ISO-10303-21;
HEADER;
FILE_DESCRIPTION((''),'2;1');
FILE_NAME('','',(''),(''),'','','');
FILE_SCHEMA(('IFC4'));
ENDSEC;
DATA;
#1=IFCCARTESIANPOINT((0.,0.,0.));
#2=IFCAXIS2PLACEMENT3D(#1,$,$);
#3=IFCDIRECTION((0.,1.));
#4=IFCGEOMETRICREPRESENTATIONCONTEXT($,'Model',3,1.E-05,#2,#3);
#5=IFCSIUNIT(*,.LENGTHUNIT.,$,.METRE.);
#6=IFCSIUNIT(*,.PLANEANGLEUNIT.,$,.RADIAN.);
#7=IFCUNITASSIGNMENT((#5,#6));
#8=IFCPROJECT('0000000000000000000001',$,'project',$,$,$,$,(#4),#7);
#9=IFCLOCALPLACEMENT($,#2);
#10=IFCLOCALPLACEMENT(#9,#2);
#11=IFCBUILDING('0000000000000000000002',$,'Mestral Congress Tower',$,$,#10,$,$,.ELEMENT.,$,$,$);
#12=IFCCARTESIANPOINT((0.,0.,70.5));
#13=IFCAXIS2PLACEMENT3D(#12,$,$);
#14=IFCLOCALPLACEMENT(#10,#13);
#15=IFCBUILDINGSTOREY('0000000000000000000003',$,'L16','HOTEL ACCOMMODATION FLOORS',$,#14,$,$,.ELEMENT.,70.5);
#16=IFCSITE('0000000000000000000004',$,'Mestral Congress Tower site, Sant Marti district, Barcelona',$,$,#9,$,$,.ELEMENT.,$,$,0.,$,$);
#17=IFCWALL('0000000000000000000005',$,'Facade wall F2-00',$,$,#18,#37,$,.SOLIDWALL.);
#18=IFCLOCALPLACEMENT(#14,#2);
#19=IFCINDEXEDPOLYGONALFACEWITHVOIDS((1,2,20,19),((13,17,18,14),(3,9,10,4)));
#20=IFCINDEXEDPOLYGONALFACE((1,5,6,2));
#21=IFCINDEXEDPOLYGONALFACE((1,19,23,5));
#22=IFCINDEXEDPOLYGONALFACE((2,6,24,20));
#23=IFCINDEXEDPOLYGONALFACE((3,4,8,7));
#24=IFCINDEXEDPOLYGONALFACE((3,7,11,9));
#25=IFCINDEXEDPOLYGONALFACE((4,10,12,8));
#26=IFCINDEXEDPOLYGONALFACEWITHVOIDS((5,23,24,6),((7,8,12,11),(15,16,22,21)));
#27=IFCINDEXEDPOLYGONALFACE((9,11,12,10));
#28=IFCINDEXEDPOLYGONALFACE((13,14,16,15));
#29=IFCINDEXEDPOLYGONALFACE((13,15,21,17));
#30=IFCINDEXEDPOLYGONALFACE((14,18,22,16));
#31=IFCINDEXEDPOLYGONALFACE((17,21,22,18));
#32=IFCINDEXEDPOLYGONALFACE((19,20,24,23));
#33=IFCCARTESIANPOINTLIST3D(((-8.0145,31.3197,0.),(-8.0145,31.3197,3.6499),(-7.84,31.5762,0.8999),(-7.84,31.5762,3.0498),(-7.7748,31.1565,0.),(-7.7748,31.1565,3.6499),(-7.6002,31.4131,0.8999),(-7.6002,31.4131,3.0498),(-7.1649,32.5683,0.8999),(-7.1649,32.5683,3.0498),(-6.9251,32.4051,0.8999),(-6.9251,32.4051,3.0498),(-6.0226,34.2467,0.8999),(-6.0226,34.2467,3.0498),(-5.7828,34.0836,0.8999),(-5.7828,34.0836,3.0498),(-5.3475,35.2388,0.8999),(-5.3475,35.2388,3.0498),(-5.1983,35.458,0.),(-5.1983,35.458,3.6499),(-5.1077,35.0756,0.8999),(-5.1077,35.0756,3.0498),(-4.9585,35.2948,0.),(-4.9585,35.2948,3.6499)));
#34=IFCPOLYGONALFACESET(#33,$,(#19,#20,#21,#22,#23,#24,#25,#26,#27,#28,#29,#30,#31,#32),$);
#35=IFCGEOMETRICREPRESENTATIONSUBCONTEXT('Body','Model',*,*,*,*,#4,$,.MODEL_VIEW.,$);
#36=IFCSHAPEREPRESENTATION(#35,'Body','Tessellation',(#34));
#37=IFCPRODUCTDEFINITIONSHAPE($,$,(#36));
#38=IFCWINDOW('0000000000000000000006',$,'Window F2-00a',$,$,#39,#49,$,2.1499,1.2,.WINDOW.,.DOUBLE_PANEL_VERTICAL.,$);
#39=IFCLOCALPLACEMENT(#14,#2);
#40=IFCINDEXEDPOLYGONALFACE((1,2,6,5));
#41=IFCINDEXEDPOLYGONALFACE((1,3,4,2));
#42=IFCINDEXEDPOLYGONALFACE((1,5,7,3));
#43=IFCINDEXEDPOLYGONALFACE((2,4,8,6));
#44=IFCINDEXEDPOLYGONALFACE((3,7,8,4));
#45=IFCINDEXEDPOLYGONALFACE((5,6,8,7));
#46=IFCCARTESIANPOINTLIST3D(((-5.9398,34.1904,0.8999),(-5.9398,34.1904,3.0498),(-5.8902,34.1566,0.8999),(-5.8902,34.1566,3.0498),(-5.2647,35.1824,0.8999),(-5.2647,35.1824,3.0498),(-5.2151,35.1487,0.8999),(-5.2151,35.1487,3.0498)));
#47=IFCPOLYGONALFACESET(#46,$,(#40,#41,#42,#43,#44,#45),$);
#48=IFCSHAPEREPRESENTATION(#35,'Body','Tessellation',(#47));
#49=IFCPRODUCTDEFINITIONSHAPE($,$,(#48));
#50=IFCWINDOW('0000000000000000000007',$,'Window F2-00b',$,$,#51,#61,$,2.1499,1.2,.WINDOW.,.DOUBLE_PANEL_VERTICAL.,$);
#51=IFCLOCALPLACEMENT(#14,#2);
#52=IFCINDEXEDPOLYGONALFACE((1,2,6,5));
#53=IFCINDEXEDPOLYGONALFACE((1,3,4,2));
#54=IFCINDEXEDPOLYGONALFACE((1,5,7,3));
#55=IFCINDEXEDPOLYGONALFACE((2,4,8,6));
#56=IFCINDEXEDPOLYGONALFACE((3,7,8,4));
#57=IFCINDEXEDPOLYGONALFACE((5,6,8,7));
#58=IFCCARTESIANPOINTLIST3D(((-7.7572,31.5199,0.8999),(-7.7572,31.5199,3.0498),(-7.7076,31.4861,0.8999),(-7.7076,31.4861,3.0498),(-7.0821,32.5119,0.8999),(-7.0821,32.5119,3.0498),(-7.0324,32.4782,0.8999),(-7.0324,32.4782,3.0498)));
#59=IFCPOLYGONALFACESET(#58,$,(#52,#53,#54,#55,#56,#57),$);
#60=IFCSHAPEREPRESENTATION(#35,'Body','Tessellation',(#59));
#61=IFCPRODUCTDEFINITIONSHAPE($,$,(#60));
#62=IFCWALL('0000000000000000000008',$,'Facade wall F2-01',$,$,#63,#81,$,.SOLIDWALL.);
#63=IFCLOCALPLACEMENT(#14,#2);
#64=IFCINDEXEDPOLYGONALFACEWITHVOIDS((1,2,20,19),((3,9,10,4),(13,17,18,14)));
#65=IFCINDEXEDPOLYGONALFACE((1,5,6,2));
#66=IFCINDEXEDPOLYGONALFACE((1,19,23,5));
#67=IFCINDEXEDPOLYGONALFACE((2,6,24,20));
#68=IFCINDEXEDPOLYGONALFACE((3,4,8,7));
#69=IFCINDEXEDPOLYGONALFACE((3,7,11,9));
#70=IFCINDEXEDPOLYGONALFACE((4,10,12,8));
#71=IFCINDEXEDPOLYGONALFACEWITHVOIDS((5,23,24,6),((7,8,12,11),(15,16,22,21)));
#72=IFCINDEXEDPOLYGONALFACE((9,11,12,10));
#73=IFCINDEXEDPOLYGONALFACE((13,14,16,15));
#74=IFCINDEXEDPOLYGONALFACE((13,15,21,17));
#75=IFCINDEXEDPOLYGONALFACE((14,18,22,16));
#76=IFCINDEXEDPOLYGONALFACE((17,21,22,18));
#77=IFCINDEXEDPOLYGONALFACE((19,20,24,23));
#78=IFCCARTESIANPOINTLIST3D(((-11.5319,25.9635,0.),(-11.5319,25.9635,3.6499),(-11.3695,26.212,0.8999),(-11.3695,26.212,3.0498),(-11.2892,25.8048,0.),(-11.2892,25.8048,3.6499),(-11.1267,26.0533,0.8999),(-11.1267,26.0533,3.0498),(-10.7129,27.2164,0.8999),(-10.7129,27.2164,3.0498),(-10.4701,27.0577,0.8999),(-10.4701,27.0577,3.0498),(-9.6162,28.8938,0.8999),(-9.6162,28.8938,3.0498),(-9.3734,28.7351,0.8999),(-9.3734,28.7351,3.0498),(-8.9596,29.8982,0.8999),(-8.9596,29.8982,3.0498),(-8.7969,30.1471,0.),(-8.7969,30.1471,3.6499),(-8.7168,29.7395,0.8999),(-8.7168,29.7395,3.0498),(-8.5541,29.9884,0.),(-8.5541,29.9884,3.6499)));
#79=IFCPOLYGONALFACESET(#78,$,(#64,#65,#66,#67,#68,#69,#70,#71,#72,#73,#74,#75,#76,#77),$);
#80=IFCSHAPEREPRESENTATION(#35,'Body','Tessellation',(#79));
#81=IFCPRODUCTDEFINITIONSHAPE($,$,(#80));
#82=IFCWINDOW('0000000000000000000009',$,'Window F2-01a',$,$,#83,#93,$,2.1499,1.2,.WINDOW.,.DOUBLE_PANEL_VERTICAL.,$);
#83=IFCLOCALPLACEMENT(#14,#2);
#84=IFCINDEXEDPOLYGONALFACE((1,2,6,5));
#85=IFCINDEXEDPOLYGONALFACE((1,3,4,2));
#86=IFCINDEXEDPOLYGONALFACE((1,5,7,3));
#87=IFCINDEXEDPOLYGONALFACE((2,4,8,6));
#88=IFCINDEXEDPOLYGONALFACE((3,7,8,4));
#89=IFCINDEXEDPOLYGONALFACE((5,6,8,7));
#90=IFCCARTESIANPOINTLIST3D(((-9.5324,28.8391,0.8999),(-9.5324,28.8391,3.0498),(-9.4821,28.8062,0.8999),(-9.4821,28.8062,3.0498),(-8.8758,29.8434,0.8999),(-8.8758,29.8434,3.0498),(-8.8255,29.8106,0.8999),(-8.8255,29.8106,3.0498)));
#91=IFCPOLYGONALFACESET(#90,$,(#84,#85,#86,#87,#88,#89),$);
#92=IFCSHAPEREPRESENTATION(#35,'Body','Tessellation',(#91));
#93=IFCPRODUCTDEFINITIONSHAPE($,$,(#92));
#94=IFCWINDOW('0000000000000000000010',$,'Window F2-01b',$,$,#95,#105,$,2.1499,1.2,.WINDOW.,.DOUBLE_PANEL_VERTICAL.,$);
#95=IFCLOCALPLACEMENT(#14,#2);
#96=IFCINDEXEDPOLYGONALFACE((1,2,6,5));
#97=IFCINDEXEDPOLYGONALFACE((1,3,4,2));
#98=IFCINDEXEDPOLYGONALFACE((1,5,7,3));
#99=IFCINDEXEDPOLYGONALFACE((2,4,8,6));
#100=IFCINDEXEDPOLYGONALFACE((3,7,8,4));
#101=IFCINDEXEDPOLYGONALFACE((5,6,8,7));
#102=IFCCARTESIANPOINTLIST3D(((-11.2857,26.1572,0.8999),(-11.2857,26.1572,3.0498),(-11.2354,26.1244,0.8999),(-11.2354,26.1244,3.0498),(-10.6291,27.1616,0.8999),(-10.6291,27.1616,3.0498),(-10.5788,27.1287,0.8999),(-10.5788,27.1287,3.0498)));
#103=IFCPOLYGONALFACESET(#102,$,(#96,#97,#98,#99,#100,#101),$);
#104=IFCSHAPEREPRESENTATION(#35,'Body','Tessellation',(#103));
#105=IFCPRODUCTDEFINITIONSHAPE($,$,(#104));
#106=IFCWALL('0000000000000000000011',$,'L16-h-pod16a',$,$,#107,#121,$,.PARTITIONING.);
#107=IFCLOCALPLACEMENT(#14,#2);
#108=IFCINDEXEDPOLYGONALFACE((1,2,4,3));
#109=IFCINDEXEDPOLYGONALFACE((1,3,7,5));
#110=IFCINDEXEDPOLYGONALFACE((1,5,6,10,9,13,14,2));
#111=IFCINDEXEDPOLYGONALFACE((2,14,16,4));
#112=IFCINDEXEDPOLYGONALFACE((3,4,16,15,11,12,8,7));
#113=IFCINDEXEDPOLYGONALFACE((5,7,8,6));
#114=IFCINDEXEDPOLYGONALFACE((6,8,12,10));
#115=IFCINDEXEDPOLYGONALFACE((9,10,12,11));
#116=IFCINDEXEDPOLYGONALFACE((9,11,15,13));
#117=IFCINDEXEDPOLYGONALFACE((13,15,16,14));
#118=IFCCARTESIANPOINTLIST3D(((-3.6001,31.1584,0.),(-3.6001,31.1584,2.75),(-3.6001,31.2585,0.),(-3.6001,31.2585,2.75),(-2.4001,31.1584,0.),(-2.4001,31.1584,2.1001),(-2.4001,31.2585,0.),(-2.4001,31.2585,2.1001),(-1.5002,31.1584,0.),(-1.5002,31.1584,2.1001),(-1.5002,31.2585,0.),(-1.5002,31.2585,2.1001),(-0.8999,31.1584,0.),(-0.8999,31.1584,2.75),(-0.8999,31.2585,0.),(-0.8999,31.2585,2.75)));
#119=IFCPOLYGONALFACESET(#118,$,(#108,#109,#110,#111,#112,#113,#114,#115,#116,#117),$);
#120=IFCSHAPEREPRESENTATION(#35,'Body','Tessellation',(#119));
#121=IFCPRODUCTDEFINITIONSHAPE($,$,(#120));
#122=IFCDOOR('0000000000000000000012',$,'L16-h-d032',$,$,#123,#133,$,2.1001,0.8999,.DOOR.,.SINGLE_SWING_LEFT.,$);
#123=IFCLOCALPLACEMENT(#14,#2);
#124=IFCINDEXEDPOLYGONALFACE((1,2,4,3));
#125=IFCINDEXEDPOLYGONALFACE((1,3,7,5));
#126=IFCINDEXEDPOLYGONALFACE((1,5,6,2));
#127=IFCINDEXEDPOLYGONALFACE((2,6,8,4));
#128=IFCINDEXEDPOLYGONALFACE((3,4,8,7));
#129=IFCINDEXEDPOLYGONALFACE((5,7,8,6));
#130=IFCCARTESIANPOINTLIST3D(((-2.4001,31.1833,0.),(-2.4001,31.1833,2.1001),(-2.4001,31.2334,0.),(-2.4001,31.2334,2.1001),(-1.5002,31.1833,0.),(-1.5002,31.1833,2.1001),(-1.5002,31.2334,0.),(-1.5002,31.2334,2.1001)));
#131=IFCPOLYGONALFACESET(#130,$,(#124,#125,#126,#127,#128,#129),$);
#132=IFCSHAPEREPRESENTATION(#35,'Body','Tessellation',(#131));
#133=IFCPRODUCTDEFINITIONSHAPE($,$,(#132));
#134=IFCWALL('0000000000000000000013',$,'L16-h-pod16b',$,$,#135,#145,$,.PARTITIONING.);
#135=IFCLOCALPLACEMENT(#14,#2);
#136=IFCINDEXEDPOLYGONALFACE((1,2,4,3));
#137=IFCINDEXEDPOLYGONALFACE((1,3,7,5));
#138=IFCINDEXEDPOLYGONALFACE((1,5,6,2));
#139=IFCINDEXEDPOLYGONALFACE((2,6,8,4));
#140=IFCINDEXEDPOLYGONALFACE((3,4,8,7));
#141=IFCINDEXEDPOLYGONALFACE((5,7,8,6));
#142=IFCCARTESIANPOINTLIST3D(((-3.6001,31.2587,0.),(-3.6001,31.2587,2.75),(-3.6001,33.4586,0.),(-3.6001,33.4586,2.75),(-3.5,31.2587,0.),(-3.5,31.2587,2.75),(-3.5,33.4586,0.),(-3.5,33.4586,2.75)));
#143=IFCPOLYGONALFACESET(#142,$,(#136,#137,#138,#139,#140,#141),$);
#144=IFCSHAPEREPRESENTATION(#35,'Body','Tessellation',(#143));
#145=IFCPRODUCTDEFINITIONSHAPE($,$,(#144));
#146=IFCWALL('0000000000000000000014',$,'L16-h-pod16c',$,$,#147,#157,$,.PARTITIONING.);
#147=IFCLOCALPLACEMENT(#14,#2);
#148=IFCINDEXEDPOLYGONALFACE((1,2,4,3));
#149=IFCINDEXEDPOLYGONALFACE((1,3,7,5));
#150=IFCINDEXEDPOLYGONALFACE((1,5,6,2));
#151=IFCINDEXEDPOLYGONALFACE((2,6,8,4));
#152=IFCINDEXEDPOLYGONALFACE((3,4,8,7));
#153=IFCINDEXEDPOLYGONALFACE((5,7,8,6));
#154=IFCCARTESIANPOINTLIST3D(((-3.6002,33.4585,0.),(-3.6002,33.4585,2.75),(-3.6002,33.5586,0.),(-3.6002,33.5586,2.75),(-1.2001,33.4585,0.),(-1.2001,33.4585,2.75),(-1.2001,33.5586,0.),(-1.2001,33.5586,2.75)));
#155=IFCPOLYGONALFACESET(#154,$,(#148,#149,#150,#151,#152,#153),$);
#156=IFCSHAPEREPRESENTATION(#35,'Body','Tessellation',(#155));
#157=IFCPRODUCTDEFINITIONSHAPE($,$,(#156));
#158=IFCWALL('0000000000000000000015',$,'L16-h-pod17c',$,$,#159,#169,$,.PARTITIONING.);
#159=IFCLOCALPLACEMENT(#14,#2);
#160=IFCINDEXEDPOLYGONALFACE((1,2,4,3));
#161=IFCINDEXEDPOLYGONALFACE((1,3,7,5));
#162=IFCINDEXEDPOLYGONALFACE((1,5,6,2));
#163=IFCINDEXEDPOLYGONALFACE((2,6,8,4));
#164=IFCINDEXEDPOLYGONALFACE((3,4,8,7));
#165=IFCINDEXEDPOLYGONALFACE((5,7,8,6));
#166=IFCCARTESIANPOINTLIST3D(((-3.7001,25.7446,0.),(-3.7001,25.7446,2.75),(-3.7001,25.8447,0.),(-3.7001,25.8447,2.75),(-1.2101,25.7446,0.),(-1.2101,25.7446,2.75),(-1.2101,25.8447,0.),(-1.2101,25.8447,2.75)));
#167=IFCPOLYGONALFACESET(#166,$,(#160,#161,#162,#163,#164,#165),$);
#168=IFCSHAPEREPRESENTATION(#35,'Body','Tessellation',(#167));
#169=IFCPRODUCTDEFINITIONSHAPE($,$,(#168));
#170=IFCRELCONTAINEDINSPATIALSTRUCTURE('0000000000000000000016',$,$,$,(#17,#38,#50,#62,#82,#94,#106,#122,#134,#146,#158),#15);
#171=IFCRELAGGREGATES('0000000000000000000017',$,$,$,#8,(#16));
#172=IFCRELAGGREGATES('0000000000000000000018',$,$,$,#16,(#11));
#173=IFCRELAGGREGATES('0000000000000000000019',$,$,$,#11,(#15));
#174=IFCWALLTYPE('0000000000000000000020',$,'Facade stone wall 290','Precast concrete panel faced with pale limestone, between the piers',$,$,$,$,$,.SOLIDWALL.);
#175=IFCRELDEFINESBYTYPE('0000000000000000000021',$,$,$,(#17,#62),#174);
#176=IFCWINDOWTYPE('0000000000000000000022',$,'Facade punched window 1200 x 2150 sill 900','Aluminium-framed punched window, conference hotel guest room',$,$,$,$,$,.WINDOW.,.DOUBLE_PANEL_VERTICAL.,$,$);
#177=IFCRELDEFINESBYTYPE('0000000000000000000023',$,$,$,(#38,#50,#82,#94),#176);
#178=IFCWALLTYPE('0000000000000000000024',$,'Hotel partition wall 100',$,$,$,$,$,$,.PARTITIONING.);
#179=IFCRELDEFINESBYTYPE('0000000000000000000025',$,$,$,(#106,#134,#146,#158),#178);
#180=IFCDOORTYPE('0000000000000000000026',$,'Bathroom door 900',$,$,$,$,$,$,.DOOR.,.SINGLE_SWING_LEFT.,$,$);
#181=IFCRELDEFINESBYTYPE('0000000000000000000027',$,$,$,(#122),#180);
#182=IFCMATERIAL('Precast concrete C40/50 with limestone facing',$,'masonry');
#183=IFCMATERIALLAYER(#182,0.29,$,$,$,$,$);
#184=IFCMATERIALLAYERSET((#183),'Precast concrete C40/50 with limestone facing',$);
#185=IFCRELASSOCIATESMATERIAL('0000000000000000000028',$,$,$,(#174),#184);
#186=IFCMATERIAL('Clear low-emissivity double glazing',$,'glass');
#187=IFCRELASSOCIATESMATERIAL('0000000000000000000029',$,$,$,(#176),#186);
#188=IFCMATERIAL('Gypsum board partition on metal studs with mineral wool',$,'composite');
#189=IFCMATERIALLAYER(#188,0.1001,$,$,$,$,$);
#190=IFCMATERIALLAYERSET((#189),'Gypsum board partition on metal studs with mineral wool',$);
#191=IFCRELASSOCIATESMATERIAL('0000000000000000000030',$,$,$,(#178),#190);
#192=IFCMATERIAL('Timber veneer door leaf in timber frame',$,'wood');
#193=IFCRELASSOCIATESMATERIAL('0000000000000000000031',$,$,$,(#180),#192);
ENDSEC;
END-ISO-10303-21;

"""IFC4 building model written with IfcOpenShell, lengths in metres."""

from ifc_helpers import new_model, si_unit, direction, frame, frame_2d, origin, place, context, subcontext, project, spatial, rectangle, extrude, material, layer, layer_set, type_object, element, fill, save


model = new_model("IFC4")

# Units and contexts
model_context = context("Model", 3, precision=1e-05, world=origin(), true_north=direction((0.0, 1.0)))
body_context = subcontext(model_context, "Body", "Model", "MODEL_VIEW")
ifc_project = project(units=[si_unit("LENGTHUNIT", "METRE"), si_unit("PLANEANGLEUNIT", "RADIAN")], contexts=[model_context])

# Site, building, storey
site_placement = place(None, origin())
site = spatial("IfcSite", under=ifc_project, at=site_placement, Name="Mestral Congress Tower site, Sant Marti district, Barcelona", CompositionType="ELEMENT", RefElevation=0.0)
building_placement = place(site_placement, origin())
building = spatial("IfcBuilding", under=site, at=building_placement, Name="Mestral Congress Tower", CompositionType="ELEMENT")
storey_placement = place(building_placement, frame((0.0, 0.0, 70.5)))
storey = spatial("IfcBuildingStorey", under=building, at=storey_placement, Name="L16", Description="HOTEL ACCOMMODATION FLOORS", CompositionType="ELEMENT", Elevation=70.5)

# Shared definitions
ifc_material_1 = material(Name="Precast concrete C40/50 with limestone facing", Category="masonry")
ifc_layer_1 = layer(ifc_material_1, 0.29)
ifc_layer_set_1 = layer_set([ifc_layer_1], Name="Precast concrete C40/50 with limestone facing")
wall_type_1 = type_object("IfcWallType", Name="Facade stone wall 290", Description="Precast concrete panel faced with pale limestone, between the piers", PredefinedType="SOLIDWALL", material=ifc_layer_set_1)
ifc_material_2 = material(Name="Clear low-emissivity double glazing", Category="glass")

# Walls, openings, windows
wall_1_placement = place(storey_placement, frame((-5.0784, 35.3765, 0.0), z_axis=(0.0, 0.0, 1.0), x_axis=(-0.56261, -0.826722, 0.0)))
wall_1 = element("IfcWall", 1, at=wall_1_placement, inside=storey, type_object=wall_type_1, Name="Facade wall F2-00", PredefinedType="SOLIDWALL", context=body_context, shape_type="SweptSolid", body=[
    extrude(rectangle(XDim=5.0056, YDim=0.29, at=frame_2d((2.5029, 0.0))), origin(), (0.0, 0.0, 1.0), 3.6499),
])
opening_1_placement = place(wall_1_placement, frame((0.2651, 0.0, 0.8999)))
opening_1 = element("IfcOpeningElement", 2, at=opening_1_placement, cuts=wall_1, PredefinedType="OPENING", context=body_context, shape_type="SweptSolid", body=[
    extrude(rectangle(XDim=1.2, YDim=2.1499, at=frame_2d((0.6001, 1.075))), frame((0.0, 0.155, 0.0), z_axis=(0.0, -1.0, 0.0), x_axis=(1.0, 0.0, 0.0)), (0.0, 0.0, 1.0), 0.3101),
])
opening_2_placement = place(wall_1_placement, frame((3.4954, 0.0, 0.8999)))
opening_2 = element("IfcOpeningElement", 3, at=opening_2_placement, cuts=wall_1, PredefinedType="OPENING", context=body_context, shape_type="SweptSolid", body=[
    extrude(rectangle(XDim=1.2, YDim=2.1499, at=frame_2d((0.6001, 1.075))), frame((0.0, 0.155, 0.0), z_axis=(0.0, -1.0, 0.0), x_axis=(1.0, 0.0, 0.0)), (0.0, 0.0, 1.0), 0.3101),
])
window_type_1 = type_object("IfcWindowType", Name="Facade punched window 1200 x 2150 sill 900", Description="Aluminium-framed punched window, conference hotel guest room", PartitioningType="DOUBLE_PANEL_VERTICAL", PredefinedType="WINDOW", material=ifc_material_2)
window_1_placement = place(opening_1_placement, origin())
window_1 = element("IfcWindow", 4, at=window_1_placement, inside=storey, type_object=window_type_1, Name="Window F2-00a", OverallHeight=2.1499, OverallWidth=1.2, PartitioningType="DOUBLE_PANEL_VERTICAL", PredefinedType="WINDOW", context=body_context, shape_type="SweptSolid", body=[
    extrude(rectangle(XDim=1.2, YDim=2.1499, at=frame_2d((0.6001, 1.075))), frame((0.0, 0.0151, 0.0), z_axis=(0.0, -1.0, 0.0), x_axis=(1.0, 0.0, 0.0)), (0.0, 0.0, 1.0), 0.0601),
])
fill(opening_1, window_1)
window_2_placement = place(opening_2_placement, origin())
window_2 = element("IfcWindow", 5, at=window_2_placement, inside=storey, type_object=window_type_1, Name="Window F2-00b", OverallHeight=2.1499, OverallWidth=1.2, PartitioningType="DOUBLE_PANEL_VERTICAL", PredefinedType="WINDOW", context=body_context, shape_type="SweptSolid", body=[
    extrude(rectangle(XDim=1.2, YDim=2.1499, at=frame_2d((0.6001, 1.075))), frame((0.0, 0.0151, 0.0), z_axis=(0.0, -1.0, 0.0), x_axis=(1.0, 0.0, 0.0)), (0.0, 0.0, 1.0), 0.0601),
])
fill(opening_2, window_2)
wall_2_placement = place(storey_placement, frame((-8.6755, 30.0676, 0.0), z_axis=(0.0, 0.0, 1.0), x_axis=(-0.547205, -0.836999, 0.0)))
wall_2 = element("IfcWall", 6, at=wall_2_placement, inside=storey, type_object=wall_type_1, Name="Facade wall F2-01", PredefinedType="SOLIDWALL", context=body_context, shape_type="SweptSolid", body=[
    extrude(rectangle(XDim=4.9983, YDim=0.29, at=frame_2d((2.499, 0.0))), origin(), (0.0, 0.0, 1.0), 3.6499),
])
opening_3_placement = place(wall_2_placement, frame((0.2971, 0.0, 0.8999)))
opening_3 = element("IfcOpeningElement", 7, at=opening_3_placement, cuts=wall_2, PredefinedType="OPENING", context=body_context, shape_type="SweptSolid", body=[
    extrude(rectangle(XDim=1.2, YDim=2.1499, at=frame_2d((0.6001, 1.075))), frame((0.0, 0.155, 0.0), z_axis=(0.0, -1.0, 0.0), x_axis=(1.0, 0.0, 0.0)), (0.0, 0.0, 1.0), 0.3101),
])
opening_4_placement = place(wall_2_placement, frame((3.5012, 0.0, 0.8999)))
opening_4 = element("IfcOpeningElement", 8, at=opening_4_placement, cuts=wall_2, PredefinedType="OPENING", context=body_context, shape_type="SweptSolid", body=[
    extrude(rectangle(XDim=1.2, YDim=2.1499, at=frame_2d((0.6001, 1.075))), frame((0.0, 0.155, 0.0), z_axis=(0.0, -1.0, 0.0), x_axis=(1.0, 0.0, 0.0)), (0.0, 0.0, 1.0), 0.3101),
])
window_3_placement = place(opening_3_placement, origin())
window_3 = element("IfcWindow", 9, at=window_3_placement, inside=storey, type_object=window_type_1, Name="Window F2-01a", OverallHeight=2.1499, OverallWidth=1.2, PartitioningType="DOUBLE_PANEL_VERTICAL", PredefinedType="WINDOW", context=body_context, shape_type="SweptSolid", body=[
    extrude(rectangle(XDim=1.2, YDim=2.1499, at=frame_2d((0.6001, 1.075))), frame((0.0, 0.0151, 0.0), z_axis=(0.0, -1.0, 0.0), x_axis=(1.0, 0.0, 0.0)), (0.0, 0.0, 1.0), 0.0601),
])
fill(opening_3, window_3)
window_4_placement = place(opening_4_placement, origin())
window_4 = element("IfcWindow", 10, at=window_4_placement, inside=storey, type_object=window_type_1, Name="Window F2-01b", OverallHeight=2.1499, OverallWidth=1.2, PartitioningType="DOUBLE_PANEL_VERTICAL", PredefinedType="WINDOW", context=body_context, shape_type="SweptSolid", body=[
    extrude(rectangle(XDim=1.2, YDim=2.1499, at=frame_2d((0.6001, 1.075))), frame((0.0, 0.0151, 0.0), z_axis=(0.0, -1.0, 0.0), x_axis=(1.0, 0.0, 0.0)), (0.0, 0.0, 1.0), 0.0601),
])
fill(opening_4, window_4)

# Wall, opening, door
ifc_material_3 = material(Name="Gypsum board partition on metal studs with mineral wool", Category="composite")
ifc_layer_2 = layer(ifc_material_3, 0.1001)
ifc_layer_set_2 = layer_set([ifc_layer_2], Name="Gypsum board partition on metal studs with mineral wool")
wall_type_2 = type_object("IfcWallType", Name="Hotel partition wall 100", PredefinedType="PARTITIONING", material=ifc_layer_set_2)
wall_3_placement = place(storey_placement, frame((-3.6001, 31.2085, 0.0), z_axis=(0.0, 0.0, 1.0), x_axis=(1.0, 0.0, 0.0)))
wall_3 = element("IfcWall", 11, at=wall_3_placement, inside=storey, type_object=wall_type_2, Name="L16-h-pod16a", PredefinedType="PARTITIONING", context=body_context, shape_type="SweptSolid", body=[
    extrude(rectangle(XDim=2.7002, YDim=0.1001, at=frame_2d((1.3501, 0.0))), origin(), (0.0, 0.0, 1.0), 2.75),
])
opening_5_placement = place(wall_3_placement, frame((1.2, 0.0, 0.0)))
opening_5 = element("IfcOpeningElement", 12, at=opening_5_placement, cuts=wall_3, PredefinedType="OPENING", context=body_context, shape_type="SweptSolid", body=[
    extrude(rectangle(XDim=0.8999, YDim=2.1001, at=frame_2d((0.45, 1.05))), frame((0.0, 0.0601, 0.0), z_axis=(0.0, -1.0, 0.0), x_axis=(1.0, 0.0, 0.0)), (0.0, 0.0, 1.0), 0.1201),
])
ifc_material_4 = material(Name="Timber veneer door leaf in timber frame", Category="wood")
door_type = type_object("IfcDoorType", Name="Bathroom door 900", OperationType="SINGLE_SWING_LEFT", PredefinedType="DOOR", material=ifc_material_4)
door_placement = place(opening_5_placement, origin())
door = element("IfcDoor", 13, at=door_placement, inside=storey, type_object=door_type, Name="L16-h-d032", OperationType="SINGLE_SWING_LEFT", OverallHeight=2.1001, OverallWidth=0.8999, PredefinedType="DOOR", context=body_context, shape_type="SweptSolid", body=[
    extrude(rectangle(XDim=0.8999, YDim=2.1001, at=frame_2d((0.45, 1.05))), frame((0.0, 0.0249, 0.0), z_axis=(0.0, -1.0, 0.0), x_axis=(1.0, 0.0, 0.0)), (0.0, 0.0, 1.0), 0.05),
])
fill(opening_5, door)

# Walls
wall_4_placement = place(storey_placement, frame((-3.55, 31.2585, 0.0), z_axis=(0.0, 0.0, 1.0), x_axis=(0.0, 1.0, 0.0)))
element("IfcWall", 14, at=wall_4_placement, inside=storey, type_object=wall_type_2, Name="L16-h-pod16b", PredefinedType="PARTITIONING", context=body_context, shape_type="SweptSolid", body=[
    extrude(rectangle(XDim=2.2, YDim=0.1001, at=frame_2d((1.1001, 0.0))), origin(), (0.0, 0.0, 1.0), 2.75),
])
wall_5_placement = place(storey_placement, frame((-1.2, 33.5085, 0.0), z_axis=(0.0, 0.0, 1.0), x_axis=(-1.0, 0.0, 0.0)))
element("IfcWall", 15, at=wall_5_placement, inside=storey, type_object=wall_type_2, Name="L16-h-pod16c", PredefinedType="PARTITIONING", context=body_context, shape_type="SweptSolid", body=[
    extrude(rectangle(XDim=2.4001, YDim=0.1001, at=frame_2d((1.2002, 0.0))), origin(), (0.0, 0.0, 1.0), 2.75),
])
wall_6_placement = place(storey_placement, frame((-1.21, 25.7947, 0.0), z_axis=(0.0, 0.0, 1.0), x_axis=(-1.0, 0.0, 0.0)))
element("IfcWall", 16, at=wall_6_placement, inside=storey, type_object=wall_type_2, Name="L16-h-pod17c", PredefinedType="PARTITIONING", context=body_context, shape_type="SweptSolid", body=[
    extrude(rectangle(XDim=2.49, YDim=0.1001, at=frame_2d((1.2451, 0.0))), origin(), (0.0, 0.0, 1.0), 2.75),
])

save(model, "model.ifc")
